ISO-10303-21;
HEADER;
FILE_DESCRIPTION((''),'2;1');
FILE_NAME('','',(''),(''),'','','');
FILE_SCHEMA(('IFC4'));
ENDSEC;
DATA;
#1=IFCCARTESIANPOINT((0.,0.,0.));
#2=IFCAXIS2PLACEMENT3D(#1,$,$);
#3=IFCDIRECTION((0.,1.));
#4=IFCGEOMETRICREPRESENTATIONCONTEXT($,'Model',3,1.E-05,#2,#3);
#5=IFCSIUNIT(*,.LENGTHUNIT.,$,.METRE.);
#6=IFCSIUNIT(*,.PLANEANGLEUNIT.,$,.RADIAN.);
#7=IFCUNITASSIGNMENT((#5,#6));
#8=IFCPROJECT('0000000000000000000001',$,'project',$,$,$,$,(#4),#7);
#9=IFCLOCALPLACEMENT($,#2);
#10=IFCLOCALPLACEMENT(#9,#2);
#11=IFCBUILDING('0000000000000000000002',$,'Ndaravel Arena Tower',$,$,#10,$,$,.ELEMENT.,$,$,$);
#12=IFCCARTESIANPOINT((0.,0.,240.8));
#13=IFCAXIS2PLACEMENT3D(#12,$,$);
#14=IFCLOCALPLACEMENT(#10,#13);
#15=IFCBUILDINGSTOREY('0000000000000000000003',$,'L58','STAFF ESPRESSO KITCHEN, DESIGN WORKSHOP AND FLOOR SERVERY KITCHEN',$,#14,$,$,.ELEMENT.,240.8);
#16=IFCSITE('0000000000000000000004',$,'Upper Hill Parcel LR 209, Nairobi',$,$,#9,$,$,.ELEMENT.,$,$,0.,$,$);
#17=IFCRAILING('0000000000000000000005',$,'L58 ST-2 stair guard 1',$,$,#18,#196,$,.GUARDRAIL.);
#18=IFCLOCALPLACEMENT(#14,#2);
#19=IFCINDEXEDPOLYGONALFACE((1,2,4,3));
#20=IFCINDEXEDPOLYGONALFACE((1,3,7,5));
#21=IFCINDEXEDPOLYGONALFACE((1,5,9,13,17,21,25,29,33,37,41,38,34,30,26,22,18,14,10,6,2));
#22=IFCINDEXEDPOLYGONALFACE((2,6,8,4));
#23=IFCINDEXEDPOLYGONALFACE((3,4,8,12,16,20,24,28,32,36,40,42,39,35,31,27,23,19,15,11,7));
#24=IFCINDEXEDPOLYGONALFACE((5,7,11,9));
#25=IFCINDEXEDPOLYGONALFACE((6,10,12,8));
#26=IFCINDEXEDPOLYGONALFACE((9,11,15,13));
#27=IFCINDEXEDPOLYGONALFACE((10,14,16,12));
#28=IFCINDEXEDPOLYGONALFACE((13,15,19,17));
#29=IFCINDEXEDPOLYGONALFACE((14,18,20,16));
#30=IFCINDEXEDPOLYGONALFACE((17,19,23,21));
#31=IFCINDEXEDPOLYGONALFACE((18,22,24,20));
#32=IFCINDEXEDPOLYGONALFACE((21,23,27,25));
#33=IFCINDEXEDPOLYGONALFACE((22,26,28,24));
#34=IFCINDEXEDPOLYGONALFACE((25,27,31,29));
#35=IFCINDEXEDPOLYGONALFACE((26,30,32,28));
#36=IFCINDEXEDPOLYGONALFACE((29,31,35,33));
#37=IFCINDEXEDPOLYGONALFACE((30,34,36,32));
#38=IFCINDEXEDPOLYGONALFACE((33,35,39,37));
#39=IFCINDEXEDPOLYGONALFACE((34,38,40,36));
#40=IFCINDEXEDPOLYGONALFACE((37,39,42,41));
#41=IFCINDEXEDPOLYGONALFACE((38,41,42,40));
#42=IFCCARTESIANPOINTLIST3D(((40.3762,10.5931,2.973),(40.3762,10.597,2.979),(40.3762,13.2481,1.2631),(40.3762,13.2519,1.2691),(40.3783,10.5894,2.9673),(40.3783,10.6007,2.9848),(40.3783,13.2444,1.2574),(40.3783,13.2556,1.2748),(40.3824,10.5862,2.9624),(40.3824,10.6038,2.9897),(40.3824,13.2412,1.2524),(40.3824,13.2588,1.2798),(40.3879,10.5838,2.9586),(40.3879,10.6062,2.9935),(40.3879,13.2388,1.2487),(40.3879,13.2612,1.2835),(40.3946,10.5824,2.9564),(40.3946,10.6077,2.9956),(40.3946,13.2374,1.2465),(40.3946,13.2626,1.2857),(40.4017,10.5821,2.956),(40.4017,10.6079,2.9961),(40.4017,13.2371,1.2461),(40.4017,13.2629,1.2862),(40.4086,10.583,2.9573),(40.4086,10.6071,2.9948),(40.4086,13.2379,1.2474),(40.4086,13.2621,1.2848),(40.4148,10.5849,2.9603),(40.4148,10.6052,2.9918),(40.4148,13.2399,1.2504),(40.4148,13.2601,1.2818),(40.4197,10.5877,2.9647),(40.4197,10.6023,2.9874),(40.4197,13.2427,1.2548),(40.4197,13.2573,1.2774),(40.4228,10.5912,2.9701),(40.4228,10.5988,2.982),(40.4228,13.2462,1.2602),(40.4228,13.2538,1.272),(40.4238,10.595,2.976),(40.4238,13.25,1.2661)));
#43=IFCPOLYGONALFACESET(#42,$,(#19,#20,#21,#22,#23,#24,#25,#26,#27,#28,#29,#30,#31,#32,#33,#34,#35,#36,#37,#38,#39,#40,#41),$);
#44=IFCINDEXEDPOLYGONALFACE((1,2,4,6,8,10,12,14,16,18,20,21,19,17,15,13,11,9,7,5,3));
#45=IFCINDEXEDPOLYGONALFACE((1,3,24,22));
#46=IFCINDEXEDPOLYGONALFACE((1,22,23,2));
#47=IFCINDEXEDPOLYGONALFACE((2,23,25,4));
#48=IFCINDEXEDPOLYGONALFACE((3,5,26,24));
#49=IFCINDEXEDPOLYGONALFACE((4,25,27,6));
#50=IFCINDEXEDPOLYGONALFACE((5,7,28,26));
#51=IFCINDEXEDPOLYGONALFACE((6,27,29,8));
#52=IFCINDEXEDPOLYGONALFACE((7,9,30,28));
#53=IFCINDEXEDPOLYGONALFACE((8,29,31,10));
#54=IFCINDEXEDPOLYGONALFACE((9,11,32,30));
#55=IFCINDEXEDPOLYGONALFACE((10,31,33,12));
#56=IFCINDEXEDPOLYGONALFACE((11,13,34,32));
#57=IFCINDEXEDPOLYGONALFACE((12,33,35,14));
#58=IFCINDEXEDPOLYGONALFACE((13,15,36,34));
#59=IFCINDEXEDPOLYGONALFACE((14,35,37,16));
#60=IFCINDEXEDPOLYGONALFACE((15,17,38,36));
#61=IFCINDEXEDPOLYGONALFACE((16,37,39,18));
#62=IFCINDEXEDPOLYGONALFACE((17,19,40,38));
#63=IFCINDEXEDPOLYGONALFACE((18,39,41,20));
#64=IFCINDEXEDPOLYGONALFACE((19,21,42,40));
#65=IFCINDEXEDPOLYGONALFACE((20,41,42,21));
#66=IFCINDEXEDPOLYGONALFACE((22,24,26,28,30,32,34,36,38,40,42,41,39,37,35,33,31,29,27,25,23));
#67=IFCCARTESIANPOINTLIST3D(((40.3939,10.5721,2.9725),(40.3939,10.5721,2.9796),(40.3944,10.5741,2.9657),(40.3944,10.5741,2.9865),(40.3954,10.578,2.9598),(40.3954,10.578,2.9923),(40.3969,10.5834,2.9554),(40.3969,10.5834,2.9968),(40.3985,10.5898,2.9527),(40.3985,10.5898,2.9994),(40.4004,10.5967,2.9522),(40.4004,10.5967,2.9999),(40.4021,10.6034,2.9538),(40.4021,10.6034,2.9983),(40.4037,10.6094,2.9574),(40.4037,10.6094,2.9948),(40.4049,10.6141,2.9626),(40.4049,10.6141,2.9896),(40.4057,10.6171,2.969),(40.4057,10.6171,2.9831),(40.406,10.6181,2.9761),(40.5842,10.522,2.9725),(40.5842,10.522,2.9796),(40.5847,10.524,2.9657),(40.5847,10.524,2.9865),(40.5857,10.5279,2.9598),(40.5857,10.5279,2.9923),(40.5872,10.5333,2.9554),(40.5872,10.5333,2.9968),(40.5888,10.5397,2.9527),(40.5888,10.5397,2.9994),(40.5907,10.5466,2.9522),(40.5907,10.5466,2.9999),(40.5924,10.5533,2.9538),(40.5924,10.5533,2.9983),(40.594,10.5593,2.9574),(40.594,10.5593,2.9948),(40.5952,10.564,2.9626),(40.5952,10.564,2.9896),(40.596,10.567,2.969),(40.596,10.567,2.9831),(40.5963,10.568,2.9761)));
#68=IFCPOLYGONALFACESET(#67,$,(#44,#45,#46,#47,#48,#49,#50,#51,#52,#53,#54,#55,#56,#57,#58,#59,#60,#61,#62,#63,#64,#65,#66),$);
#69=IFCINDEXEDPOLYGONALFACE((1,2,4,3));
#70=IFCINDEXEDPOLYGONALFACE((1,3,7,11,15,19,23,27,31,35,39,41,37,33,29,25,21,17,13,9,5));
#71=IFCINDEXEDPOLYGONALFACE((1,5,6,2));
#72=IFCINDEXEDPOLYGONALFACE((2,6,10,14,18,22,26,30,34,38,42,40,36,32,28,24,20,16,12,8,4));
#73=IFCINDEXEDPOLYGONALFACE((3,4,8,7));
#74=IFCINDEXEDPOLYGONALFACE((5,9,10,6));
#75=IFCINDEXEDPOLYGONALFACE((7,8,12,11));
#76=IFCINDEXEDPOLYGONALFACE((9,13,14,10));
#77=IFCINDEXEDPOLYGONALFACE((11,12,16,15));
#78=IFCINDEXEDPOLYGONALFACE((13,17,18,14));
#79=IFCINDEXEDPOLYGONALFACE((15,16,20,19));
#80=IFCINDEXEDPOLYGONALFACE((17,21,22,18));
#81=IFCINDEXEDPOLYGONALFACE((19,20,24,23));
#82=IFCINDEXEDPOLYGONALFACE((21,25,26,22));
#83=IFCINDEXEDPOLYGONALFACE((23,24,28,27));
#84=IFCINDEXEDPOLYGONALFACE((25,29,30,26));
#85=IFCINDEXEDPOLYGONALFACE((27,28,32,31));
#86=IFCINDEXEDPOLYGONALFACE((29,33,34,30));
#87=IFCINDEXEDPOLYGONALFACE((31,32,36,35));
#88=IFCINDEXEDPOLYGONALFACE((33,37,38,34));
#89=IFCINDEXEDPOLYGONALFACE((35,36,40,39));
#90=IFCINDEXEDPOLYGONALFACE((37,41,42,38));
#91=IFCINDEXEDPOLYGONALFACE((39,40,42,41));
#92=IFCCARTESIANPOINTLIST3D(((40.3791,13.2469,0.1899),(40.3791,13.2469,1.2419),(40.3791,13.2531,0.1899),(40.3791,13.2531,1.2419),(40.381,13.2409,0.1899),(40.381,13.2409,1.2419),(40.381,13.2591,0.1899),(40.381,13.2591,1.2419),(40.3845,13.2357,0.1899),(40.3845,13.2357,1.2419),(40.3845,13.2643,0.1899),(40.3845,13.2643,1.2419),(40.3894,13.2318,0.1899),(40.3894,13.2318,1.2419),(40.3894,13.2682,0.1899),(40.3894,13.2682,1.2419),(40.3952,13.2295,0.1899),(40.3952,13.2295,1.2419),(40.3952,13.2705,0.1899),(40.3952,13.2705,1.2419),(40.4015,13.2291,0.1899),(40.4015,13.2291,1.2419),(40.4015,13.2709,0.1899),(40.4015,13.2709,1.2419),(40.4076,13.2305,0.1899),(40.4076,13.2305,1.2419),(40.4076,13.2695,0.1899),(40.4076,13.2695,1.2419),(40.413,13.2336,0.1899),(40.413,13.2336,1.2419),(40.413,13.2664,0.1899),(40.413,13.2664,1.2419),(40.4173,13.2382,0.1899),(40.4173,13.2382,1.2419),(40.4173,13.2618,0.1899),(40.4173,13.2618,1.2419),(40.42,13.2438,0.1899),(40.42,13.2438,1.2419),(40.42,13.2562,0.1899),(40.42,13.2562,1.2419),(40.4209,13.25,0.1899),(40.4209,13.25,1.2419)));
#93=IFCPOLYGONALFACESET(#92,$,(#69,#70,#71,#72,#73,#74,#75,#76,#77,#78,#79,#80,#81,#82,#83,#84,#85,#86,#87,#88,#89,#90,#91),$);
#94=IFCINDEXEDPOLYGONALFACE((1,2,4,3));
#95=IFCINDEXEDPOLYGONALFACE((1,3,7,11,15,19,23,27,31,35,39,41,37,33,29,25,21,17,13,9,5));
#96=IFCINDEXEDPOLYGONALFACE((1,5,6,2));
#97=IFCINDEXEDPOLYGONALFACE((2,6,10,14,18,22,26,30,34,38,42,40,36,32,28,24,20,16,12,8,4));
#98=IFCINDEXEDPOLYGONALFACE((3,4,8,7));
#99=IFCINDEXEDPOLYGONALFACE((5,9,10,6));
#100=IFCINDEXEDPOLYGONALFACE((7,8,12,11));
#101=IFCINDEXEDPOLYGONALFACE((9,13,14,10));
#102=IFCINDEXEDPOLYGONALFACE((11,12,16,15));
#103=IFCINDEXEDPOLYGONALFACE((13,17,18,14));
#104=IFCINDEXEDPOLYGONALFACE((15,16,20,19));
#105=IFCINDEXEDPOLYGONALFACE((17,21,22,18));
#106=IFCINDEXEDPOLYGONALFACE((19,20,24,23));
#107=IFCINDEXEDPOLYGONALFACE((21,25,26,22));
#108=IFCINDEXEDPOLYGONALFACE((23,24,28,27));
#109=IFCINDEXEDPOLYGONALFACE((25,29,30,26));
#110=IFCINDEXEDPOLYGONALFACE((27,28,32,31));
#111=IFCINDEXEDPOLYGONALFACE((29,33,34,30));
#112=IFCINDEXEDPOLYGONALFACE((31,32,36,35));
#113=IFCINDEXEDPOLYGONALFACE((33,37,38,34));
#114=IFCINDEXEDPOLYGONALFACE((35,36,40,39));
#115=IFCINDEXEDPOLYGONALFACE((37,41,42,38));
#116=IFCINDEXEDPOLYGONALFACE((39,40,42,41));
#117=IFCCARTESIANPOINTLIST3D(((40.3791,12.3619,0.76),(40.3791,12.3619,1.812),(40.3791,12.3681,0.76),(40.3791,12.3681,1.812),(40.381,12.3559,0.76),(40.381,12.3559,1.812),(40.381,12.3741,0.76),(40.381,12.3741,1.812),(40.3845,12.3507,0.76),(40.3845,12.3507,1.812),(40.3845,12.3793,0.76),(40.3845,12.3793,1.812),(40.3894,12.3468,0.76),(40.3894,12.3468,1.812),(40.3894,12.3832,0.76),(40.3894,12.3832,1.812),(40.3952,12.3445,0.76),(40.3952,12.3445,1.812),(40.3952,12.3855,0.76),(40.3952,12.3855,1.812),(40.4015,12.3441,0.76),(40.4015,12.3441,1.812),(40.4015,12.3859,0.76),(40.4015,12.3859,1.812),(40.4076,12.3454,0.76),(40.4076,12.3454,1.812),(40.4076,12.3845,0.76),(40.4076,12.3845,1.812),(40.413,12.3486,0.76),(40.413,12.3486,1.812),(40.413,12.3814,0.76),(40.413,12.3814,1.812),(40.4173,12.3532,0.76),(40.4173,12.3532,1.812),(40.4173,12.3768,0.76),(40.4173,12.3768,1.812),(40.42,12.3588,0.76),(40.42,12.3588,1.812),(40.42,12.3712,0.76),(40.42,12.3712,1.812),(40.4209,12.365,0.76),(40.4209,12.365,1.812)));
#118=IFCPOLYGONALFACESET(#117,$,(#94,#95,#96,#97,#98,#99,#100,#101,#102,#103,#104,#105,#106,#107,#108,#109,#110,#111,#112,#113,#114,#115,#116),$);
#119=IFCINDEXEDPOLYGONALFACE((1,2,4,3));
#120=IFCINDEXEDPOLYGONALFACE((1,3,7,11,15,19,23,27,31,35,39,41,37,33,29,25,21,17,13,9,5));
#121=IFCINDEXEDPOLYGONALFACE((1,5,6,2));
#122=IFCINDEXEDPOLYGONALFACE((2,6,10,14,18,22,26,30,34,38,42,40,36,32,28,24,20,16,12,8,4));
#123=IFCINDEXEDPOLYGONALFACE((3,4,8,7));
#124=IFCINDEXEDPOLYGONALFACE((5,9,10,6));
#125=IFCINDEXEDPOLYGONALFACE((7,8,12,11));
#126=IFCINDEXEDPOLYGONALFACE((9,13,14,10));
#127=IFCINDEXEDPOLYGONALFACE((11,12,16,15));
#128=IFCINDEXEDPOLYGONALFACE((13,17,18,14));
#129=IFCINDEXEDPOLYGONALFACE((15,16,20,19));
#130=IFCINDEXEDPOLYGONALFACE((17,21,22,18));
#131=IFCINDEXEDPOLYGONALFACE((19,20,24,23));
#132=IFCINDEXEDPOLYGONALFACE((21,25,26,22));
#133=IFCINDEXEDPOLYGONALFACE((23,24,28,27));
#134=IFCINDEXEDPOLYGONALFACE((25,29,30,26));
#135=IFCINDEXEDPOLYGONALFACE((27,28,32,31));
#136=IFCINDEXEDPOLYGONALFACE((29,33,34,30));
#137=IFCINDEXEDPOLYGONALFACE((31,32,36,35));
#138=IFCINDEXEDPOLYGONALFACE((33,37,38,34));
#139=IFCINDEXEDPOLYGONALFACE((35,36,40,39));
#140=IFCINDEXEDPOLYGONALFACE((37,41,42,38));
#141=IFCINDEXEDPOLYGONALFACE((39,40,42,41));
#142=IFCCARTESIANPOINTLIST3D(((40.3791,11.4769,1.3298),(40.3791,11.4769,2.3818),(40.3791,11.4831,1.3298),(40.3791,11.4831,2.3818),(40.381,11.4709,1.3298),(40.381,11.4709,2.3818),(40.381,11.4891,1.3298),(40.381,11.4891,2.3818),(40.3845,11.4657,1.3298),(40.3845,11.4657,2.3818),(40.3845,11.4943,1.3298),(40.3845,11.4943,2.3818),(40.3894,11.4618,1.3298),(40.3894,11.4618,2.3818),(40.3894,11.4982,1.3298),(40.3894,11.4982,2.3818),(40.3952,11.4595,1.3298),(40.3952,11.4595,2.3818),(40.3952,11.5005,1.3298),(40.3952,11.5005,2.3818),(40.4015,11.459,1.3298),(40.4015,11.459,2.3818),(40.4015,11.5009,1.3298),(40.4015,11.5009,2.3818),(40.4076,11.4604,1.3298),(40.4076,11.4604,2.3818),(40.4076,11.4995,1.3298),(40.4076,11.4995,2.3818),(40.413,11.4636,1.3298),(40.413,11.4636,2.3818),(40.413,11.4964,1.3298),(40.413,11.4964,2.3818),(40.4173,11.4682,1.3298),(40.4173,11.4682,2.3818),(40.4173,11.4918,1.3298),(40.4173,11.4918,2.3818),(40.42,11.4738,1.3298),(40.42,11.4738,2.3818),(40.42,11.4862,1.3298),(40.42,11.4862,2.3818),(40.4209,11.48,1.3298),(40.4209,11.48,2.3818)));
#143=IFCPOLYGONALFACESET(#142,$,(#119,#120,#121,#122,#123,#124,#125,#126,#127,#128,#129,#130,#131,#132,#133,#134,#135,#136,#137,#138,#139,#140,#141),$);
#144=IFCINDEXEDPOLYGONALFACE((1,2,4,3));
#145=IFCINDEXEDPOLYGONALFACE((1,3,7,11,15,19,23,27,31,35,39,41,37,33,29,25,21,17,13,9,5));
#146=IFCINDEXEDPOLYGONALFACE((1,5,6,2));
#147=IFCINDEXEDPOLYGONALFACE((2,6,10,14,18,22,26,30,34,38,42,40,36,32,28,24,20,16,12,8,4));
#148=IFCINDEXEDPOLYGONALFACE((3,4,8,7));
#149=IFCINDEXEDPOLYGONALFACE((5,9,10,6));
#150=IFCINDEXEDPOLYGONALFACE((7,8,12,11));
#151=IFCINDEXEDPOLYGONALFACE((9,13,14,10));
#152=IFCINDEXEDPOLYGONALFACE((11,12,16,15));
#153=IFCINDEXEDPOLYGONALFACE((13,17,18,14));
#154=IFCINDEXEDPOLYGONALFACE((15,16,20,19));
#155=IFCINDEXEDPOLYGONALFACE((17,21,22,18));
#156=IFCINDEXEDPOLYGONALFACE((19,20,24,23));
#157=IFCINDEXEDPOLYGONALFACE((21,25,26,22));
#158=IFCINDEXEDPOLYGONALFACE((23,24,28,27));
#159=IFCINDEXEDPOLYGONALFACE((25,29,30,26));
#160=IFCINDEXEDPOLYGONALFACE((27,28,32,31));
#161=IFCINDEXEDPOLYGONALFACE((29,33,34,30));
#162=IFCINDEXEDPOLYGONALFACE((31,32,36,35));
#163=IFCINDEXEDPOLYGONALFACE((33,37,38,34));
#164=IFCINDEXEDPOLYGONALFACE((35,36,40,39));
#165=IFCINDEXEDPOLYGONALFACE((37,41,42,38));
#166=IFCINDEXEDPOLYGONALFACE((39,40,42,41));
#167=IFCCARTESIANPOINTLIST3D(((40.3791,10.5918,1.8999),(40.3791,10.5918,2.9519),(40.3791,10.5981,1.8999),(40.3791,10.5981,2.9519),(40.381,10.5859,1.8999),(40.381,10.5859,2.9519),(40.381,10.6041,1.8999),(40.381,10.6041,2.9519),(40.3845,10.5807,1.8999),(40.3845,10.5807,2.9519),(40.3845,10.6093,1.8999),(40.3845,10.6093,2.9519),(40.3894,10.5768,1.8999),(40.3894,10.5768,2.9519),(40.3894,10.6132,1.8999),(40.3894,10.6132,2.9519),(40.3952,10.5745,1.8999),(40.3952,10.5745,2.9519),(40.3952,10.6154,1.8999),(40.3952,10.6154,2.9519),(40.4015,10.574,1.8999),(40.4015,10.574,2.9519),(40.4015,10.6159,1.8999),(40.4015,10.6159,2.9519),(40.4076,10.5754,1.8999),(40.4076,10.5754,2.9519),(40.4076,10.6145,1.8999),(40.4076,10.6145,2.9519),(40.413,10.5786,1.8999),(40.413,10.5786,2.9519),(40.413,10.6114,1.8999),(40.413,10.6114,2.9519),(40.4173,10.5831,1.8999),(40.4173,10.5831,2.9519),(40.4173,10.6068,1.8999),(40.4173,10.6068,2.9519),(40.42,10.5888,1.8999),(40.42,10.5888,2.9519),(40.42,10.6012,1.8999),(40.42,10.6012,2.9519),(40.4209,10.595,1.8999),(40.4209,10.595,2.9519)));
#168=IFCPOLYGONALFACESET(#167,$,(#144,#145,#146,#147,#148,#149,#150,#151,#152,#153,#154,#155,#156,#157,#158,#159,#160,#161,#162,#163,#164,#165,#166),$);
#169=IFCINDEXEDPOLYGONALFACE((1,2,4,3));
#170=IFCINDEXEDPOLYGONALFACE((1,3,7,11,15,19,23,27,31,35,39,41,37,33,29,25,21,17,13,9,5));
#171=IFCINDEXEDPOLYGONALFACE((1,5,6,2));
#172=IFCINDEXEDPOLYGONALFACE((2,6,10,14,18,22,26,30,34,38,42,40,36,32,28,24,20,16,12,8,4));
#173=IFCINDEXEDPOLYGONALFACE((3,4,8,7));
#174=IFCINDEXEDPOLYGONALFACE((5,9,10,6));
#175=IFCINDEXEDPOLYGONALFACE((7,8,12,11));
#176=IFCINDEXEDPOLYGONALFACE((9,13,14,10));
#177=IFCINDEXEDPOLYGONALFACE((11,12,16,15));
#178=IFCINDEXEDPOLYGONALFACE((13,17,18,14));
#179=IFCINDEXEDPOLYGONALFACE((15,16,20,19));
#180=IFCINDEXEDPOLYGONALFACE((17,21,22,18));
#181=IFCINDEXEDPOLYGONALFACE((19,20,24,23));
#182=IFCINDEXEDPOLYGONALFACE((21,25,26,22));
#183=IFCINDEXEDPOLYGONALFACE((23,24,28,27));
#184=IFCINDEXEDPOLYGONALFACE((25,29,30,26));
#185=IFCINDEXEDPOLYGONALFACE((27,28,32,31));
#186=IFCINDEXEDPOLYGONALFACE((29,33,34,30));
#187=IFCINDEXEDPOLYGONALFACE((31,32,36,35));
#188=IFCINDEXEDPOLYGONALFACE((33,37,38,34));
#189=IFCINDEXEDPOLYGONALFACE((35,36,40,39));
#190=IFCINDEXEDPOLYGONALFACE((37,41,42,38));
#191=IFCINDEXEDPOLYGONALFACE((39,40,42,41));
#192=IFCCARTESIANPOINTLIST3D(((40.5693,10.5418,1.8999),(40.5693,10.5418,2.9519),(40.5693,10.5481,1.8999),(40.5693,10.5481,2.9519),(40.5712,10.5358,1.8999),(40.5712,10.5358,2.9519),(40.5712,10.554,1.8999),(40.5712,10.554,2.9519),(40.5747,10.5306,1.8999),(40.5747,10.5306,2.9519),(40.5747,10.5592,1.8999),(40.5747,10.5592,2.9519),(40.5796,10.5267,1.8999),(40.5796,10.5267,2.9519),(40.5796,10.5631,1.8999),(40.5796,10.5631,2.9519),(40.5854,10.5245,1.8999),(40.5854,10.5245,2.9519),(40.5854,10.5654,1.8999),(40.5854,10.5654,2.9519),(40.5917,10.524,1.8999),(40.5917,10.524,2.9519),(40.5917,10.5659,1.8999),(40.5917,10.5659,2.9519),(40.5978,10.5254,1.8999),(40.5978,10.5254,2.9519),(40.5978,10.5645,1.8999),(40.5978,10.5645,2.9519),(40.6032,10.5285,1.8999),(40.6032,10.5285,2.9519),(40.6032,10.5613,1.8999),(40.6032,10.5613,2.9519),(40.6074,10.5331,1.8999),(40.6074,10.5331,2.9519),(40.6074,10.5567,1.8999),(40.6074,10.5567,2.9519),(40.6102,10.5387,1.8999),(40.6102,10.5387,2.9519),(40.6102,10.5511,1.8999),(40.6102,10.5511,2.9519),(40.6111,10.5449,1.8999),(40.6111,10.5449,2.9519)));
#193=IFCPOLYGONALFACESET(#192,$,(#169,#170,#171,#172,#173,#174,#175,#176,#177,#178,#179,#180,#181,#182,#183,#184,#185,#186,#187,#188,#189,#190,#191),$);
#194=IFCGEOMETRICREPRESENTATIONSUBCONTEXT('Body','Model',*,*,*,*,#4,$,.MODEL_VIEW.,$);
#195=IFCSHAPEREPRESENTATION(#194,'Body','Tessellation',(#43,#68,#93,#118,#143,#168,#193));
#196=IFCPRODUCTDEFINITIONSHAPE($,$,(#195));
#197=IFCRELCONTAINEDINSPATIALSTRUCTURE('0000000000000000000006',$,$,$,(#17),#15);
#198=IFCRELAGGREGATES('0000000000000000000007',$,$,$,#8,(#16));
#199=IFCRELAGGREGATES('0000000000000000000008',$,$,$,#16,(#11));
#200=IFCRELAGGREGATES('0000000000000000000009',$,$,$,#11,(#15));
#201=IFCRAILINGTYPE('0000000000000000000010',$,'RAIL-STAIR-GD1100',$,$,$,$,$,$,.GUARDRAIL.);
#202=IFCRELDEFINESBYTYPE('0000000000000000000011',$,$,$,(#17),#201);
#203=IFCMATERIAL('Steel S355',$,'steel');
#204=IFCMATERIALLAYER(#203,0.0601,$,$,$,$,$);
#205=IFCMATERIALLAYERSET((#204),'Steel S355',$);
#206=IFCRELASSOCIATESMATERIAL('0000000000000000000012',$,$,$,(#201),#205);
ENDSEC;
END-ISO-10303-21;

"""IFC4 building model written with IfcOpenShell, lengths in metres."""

from ifc_helpers import new_model, si_unit, direction, frame, origin, origin_2d, place, context, subcontext, project, spatial, circle, extrude, material, layer, layer_set, type_object, element, save


model = new_model("IFC4")

# Units and contexts
model_context = context("Model", 3, precision=1e-05, world=origin(), true_north=direction((0.0, 1.0)))
body_context = subcontext(model_context, "Body", "Model", "MODEL_VIEW")
ifc_project = project(units=[si_unit("LENGTHUNIT", "METRE"), si_unit("PLANEANGLEUNIT", "RADIAN")], contexts=[model_context])

# Site, building, storey
site_placement = place(None, origin())
site = spatial("IfcSite", under=ifc_project, at=site_placement, Name="Upper Hill Parcel LR 209, Nairobi", CompositionType="ELEMENT", RefElevation=0.0)
building_placement = place(site_placement, origin())
building = spatial("IfcBuilding", under=site, at=building_placement, Name="Ndaravel Arena Tower", CompositionType="ELEMENT")
storey_placement = place(building_placement, frame((0.0, 0.0, 240.8)))
storey = spatial("IfcBuildingStorey", under=building, at=storey_placement, Name="L58", Description="STAFF ESPRESSO KITCHEN, DESIGN WORKSHOP AND FLOOR SERVERY KITCHEN", CompositionType="ELEMENT", Elevation=240.8)

# Railing
ifc_material_1 = material(Name="Steel S355", Category="steel")
ifc_layer_1 = layer(ifc_material_1, 0.0601)
ifc_layer_set_1 = layer_set([ifc_layer_1], Name="Steel S355")
railing_type_1 = type_object("IfcRailingType", Name="RAIL-STAIR-GD1100", PredefinedType="GUARDRAIL", material=ifc_layer_set_1)
railing_1_placement = place(storey_placement, frame((40.3999, 13.25, 0.1899)))
element("IfcRailing", 1, at=railing_1_placement, inside=storey, type_object=railing_type_1, Name="L58 ST-2 stair guard 1", PredefinedType="GUARDRAIL", context=body_context, shape_type="SweptSolid", body=[
    extrude(circle(Radius=0.0239, at=origin_2d()), frame((0.0, 0.0, 1.0762), z_axis=(0.0, -0.840724, 0.541465), x_axis=(1.0, 0.0, 0.0)), (0.0, 0.0, 1.0), 3.158),
    extrude(circle(Radius=0.0239, at=origin_2d()), frame((0.0, -2.655, 2.7861), z_axis=(0.967075, -0.254493, 0.0), x_axis=(0.254493, 0.967075, 0.0)), (0.0, 0.0, 1.0), 0.1968),
    extrude(circle(Radius=0.021, at=origin_2d()), origin(), (0.0, 0.0, 1.0), 1.052),
    extrude(circle(Radius=0.021, at=origin_2d()), frame((0.0, -0.885, 0.5701)), (0.0, 0.0, 1.0), 1.052),
    extrude(circle(Radius=0.021, at=origin_2d()), frame((0.0, -1.77, 1.1399)), (0.0, 0.0, 1.0), 1.052),
    extrude(circle(Radius=0.021, at=origin_2d()), frame((0.0, -2.655, 1.71)), (0.0, 0.0, 1.0), 1.052),
    extrude(circle(Radius=0.021, at=origin_2d()), frame((0.1902, -2.7051, 1.71)), (0.0, 0.0, 1.0), 1.052),
])

save(model, "model.ifc")
